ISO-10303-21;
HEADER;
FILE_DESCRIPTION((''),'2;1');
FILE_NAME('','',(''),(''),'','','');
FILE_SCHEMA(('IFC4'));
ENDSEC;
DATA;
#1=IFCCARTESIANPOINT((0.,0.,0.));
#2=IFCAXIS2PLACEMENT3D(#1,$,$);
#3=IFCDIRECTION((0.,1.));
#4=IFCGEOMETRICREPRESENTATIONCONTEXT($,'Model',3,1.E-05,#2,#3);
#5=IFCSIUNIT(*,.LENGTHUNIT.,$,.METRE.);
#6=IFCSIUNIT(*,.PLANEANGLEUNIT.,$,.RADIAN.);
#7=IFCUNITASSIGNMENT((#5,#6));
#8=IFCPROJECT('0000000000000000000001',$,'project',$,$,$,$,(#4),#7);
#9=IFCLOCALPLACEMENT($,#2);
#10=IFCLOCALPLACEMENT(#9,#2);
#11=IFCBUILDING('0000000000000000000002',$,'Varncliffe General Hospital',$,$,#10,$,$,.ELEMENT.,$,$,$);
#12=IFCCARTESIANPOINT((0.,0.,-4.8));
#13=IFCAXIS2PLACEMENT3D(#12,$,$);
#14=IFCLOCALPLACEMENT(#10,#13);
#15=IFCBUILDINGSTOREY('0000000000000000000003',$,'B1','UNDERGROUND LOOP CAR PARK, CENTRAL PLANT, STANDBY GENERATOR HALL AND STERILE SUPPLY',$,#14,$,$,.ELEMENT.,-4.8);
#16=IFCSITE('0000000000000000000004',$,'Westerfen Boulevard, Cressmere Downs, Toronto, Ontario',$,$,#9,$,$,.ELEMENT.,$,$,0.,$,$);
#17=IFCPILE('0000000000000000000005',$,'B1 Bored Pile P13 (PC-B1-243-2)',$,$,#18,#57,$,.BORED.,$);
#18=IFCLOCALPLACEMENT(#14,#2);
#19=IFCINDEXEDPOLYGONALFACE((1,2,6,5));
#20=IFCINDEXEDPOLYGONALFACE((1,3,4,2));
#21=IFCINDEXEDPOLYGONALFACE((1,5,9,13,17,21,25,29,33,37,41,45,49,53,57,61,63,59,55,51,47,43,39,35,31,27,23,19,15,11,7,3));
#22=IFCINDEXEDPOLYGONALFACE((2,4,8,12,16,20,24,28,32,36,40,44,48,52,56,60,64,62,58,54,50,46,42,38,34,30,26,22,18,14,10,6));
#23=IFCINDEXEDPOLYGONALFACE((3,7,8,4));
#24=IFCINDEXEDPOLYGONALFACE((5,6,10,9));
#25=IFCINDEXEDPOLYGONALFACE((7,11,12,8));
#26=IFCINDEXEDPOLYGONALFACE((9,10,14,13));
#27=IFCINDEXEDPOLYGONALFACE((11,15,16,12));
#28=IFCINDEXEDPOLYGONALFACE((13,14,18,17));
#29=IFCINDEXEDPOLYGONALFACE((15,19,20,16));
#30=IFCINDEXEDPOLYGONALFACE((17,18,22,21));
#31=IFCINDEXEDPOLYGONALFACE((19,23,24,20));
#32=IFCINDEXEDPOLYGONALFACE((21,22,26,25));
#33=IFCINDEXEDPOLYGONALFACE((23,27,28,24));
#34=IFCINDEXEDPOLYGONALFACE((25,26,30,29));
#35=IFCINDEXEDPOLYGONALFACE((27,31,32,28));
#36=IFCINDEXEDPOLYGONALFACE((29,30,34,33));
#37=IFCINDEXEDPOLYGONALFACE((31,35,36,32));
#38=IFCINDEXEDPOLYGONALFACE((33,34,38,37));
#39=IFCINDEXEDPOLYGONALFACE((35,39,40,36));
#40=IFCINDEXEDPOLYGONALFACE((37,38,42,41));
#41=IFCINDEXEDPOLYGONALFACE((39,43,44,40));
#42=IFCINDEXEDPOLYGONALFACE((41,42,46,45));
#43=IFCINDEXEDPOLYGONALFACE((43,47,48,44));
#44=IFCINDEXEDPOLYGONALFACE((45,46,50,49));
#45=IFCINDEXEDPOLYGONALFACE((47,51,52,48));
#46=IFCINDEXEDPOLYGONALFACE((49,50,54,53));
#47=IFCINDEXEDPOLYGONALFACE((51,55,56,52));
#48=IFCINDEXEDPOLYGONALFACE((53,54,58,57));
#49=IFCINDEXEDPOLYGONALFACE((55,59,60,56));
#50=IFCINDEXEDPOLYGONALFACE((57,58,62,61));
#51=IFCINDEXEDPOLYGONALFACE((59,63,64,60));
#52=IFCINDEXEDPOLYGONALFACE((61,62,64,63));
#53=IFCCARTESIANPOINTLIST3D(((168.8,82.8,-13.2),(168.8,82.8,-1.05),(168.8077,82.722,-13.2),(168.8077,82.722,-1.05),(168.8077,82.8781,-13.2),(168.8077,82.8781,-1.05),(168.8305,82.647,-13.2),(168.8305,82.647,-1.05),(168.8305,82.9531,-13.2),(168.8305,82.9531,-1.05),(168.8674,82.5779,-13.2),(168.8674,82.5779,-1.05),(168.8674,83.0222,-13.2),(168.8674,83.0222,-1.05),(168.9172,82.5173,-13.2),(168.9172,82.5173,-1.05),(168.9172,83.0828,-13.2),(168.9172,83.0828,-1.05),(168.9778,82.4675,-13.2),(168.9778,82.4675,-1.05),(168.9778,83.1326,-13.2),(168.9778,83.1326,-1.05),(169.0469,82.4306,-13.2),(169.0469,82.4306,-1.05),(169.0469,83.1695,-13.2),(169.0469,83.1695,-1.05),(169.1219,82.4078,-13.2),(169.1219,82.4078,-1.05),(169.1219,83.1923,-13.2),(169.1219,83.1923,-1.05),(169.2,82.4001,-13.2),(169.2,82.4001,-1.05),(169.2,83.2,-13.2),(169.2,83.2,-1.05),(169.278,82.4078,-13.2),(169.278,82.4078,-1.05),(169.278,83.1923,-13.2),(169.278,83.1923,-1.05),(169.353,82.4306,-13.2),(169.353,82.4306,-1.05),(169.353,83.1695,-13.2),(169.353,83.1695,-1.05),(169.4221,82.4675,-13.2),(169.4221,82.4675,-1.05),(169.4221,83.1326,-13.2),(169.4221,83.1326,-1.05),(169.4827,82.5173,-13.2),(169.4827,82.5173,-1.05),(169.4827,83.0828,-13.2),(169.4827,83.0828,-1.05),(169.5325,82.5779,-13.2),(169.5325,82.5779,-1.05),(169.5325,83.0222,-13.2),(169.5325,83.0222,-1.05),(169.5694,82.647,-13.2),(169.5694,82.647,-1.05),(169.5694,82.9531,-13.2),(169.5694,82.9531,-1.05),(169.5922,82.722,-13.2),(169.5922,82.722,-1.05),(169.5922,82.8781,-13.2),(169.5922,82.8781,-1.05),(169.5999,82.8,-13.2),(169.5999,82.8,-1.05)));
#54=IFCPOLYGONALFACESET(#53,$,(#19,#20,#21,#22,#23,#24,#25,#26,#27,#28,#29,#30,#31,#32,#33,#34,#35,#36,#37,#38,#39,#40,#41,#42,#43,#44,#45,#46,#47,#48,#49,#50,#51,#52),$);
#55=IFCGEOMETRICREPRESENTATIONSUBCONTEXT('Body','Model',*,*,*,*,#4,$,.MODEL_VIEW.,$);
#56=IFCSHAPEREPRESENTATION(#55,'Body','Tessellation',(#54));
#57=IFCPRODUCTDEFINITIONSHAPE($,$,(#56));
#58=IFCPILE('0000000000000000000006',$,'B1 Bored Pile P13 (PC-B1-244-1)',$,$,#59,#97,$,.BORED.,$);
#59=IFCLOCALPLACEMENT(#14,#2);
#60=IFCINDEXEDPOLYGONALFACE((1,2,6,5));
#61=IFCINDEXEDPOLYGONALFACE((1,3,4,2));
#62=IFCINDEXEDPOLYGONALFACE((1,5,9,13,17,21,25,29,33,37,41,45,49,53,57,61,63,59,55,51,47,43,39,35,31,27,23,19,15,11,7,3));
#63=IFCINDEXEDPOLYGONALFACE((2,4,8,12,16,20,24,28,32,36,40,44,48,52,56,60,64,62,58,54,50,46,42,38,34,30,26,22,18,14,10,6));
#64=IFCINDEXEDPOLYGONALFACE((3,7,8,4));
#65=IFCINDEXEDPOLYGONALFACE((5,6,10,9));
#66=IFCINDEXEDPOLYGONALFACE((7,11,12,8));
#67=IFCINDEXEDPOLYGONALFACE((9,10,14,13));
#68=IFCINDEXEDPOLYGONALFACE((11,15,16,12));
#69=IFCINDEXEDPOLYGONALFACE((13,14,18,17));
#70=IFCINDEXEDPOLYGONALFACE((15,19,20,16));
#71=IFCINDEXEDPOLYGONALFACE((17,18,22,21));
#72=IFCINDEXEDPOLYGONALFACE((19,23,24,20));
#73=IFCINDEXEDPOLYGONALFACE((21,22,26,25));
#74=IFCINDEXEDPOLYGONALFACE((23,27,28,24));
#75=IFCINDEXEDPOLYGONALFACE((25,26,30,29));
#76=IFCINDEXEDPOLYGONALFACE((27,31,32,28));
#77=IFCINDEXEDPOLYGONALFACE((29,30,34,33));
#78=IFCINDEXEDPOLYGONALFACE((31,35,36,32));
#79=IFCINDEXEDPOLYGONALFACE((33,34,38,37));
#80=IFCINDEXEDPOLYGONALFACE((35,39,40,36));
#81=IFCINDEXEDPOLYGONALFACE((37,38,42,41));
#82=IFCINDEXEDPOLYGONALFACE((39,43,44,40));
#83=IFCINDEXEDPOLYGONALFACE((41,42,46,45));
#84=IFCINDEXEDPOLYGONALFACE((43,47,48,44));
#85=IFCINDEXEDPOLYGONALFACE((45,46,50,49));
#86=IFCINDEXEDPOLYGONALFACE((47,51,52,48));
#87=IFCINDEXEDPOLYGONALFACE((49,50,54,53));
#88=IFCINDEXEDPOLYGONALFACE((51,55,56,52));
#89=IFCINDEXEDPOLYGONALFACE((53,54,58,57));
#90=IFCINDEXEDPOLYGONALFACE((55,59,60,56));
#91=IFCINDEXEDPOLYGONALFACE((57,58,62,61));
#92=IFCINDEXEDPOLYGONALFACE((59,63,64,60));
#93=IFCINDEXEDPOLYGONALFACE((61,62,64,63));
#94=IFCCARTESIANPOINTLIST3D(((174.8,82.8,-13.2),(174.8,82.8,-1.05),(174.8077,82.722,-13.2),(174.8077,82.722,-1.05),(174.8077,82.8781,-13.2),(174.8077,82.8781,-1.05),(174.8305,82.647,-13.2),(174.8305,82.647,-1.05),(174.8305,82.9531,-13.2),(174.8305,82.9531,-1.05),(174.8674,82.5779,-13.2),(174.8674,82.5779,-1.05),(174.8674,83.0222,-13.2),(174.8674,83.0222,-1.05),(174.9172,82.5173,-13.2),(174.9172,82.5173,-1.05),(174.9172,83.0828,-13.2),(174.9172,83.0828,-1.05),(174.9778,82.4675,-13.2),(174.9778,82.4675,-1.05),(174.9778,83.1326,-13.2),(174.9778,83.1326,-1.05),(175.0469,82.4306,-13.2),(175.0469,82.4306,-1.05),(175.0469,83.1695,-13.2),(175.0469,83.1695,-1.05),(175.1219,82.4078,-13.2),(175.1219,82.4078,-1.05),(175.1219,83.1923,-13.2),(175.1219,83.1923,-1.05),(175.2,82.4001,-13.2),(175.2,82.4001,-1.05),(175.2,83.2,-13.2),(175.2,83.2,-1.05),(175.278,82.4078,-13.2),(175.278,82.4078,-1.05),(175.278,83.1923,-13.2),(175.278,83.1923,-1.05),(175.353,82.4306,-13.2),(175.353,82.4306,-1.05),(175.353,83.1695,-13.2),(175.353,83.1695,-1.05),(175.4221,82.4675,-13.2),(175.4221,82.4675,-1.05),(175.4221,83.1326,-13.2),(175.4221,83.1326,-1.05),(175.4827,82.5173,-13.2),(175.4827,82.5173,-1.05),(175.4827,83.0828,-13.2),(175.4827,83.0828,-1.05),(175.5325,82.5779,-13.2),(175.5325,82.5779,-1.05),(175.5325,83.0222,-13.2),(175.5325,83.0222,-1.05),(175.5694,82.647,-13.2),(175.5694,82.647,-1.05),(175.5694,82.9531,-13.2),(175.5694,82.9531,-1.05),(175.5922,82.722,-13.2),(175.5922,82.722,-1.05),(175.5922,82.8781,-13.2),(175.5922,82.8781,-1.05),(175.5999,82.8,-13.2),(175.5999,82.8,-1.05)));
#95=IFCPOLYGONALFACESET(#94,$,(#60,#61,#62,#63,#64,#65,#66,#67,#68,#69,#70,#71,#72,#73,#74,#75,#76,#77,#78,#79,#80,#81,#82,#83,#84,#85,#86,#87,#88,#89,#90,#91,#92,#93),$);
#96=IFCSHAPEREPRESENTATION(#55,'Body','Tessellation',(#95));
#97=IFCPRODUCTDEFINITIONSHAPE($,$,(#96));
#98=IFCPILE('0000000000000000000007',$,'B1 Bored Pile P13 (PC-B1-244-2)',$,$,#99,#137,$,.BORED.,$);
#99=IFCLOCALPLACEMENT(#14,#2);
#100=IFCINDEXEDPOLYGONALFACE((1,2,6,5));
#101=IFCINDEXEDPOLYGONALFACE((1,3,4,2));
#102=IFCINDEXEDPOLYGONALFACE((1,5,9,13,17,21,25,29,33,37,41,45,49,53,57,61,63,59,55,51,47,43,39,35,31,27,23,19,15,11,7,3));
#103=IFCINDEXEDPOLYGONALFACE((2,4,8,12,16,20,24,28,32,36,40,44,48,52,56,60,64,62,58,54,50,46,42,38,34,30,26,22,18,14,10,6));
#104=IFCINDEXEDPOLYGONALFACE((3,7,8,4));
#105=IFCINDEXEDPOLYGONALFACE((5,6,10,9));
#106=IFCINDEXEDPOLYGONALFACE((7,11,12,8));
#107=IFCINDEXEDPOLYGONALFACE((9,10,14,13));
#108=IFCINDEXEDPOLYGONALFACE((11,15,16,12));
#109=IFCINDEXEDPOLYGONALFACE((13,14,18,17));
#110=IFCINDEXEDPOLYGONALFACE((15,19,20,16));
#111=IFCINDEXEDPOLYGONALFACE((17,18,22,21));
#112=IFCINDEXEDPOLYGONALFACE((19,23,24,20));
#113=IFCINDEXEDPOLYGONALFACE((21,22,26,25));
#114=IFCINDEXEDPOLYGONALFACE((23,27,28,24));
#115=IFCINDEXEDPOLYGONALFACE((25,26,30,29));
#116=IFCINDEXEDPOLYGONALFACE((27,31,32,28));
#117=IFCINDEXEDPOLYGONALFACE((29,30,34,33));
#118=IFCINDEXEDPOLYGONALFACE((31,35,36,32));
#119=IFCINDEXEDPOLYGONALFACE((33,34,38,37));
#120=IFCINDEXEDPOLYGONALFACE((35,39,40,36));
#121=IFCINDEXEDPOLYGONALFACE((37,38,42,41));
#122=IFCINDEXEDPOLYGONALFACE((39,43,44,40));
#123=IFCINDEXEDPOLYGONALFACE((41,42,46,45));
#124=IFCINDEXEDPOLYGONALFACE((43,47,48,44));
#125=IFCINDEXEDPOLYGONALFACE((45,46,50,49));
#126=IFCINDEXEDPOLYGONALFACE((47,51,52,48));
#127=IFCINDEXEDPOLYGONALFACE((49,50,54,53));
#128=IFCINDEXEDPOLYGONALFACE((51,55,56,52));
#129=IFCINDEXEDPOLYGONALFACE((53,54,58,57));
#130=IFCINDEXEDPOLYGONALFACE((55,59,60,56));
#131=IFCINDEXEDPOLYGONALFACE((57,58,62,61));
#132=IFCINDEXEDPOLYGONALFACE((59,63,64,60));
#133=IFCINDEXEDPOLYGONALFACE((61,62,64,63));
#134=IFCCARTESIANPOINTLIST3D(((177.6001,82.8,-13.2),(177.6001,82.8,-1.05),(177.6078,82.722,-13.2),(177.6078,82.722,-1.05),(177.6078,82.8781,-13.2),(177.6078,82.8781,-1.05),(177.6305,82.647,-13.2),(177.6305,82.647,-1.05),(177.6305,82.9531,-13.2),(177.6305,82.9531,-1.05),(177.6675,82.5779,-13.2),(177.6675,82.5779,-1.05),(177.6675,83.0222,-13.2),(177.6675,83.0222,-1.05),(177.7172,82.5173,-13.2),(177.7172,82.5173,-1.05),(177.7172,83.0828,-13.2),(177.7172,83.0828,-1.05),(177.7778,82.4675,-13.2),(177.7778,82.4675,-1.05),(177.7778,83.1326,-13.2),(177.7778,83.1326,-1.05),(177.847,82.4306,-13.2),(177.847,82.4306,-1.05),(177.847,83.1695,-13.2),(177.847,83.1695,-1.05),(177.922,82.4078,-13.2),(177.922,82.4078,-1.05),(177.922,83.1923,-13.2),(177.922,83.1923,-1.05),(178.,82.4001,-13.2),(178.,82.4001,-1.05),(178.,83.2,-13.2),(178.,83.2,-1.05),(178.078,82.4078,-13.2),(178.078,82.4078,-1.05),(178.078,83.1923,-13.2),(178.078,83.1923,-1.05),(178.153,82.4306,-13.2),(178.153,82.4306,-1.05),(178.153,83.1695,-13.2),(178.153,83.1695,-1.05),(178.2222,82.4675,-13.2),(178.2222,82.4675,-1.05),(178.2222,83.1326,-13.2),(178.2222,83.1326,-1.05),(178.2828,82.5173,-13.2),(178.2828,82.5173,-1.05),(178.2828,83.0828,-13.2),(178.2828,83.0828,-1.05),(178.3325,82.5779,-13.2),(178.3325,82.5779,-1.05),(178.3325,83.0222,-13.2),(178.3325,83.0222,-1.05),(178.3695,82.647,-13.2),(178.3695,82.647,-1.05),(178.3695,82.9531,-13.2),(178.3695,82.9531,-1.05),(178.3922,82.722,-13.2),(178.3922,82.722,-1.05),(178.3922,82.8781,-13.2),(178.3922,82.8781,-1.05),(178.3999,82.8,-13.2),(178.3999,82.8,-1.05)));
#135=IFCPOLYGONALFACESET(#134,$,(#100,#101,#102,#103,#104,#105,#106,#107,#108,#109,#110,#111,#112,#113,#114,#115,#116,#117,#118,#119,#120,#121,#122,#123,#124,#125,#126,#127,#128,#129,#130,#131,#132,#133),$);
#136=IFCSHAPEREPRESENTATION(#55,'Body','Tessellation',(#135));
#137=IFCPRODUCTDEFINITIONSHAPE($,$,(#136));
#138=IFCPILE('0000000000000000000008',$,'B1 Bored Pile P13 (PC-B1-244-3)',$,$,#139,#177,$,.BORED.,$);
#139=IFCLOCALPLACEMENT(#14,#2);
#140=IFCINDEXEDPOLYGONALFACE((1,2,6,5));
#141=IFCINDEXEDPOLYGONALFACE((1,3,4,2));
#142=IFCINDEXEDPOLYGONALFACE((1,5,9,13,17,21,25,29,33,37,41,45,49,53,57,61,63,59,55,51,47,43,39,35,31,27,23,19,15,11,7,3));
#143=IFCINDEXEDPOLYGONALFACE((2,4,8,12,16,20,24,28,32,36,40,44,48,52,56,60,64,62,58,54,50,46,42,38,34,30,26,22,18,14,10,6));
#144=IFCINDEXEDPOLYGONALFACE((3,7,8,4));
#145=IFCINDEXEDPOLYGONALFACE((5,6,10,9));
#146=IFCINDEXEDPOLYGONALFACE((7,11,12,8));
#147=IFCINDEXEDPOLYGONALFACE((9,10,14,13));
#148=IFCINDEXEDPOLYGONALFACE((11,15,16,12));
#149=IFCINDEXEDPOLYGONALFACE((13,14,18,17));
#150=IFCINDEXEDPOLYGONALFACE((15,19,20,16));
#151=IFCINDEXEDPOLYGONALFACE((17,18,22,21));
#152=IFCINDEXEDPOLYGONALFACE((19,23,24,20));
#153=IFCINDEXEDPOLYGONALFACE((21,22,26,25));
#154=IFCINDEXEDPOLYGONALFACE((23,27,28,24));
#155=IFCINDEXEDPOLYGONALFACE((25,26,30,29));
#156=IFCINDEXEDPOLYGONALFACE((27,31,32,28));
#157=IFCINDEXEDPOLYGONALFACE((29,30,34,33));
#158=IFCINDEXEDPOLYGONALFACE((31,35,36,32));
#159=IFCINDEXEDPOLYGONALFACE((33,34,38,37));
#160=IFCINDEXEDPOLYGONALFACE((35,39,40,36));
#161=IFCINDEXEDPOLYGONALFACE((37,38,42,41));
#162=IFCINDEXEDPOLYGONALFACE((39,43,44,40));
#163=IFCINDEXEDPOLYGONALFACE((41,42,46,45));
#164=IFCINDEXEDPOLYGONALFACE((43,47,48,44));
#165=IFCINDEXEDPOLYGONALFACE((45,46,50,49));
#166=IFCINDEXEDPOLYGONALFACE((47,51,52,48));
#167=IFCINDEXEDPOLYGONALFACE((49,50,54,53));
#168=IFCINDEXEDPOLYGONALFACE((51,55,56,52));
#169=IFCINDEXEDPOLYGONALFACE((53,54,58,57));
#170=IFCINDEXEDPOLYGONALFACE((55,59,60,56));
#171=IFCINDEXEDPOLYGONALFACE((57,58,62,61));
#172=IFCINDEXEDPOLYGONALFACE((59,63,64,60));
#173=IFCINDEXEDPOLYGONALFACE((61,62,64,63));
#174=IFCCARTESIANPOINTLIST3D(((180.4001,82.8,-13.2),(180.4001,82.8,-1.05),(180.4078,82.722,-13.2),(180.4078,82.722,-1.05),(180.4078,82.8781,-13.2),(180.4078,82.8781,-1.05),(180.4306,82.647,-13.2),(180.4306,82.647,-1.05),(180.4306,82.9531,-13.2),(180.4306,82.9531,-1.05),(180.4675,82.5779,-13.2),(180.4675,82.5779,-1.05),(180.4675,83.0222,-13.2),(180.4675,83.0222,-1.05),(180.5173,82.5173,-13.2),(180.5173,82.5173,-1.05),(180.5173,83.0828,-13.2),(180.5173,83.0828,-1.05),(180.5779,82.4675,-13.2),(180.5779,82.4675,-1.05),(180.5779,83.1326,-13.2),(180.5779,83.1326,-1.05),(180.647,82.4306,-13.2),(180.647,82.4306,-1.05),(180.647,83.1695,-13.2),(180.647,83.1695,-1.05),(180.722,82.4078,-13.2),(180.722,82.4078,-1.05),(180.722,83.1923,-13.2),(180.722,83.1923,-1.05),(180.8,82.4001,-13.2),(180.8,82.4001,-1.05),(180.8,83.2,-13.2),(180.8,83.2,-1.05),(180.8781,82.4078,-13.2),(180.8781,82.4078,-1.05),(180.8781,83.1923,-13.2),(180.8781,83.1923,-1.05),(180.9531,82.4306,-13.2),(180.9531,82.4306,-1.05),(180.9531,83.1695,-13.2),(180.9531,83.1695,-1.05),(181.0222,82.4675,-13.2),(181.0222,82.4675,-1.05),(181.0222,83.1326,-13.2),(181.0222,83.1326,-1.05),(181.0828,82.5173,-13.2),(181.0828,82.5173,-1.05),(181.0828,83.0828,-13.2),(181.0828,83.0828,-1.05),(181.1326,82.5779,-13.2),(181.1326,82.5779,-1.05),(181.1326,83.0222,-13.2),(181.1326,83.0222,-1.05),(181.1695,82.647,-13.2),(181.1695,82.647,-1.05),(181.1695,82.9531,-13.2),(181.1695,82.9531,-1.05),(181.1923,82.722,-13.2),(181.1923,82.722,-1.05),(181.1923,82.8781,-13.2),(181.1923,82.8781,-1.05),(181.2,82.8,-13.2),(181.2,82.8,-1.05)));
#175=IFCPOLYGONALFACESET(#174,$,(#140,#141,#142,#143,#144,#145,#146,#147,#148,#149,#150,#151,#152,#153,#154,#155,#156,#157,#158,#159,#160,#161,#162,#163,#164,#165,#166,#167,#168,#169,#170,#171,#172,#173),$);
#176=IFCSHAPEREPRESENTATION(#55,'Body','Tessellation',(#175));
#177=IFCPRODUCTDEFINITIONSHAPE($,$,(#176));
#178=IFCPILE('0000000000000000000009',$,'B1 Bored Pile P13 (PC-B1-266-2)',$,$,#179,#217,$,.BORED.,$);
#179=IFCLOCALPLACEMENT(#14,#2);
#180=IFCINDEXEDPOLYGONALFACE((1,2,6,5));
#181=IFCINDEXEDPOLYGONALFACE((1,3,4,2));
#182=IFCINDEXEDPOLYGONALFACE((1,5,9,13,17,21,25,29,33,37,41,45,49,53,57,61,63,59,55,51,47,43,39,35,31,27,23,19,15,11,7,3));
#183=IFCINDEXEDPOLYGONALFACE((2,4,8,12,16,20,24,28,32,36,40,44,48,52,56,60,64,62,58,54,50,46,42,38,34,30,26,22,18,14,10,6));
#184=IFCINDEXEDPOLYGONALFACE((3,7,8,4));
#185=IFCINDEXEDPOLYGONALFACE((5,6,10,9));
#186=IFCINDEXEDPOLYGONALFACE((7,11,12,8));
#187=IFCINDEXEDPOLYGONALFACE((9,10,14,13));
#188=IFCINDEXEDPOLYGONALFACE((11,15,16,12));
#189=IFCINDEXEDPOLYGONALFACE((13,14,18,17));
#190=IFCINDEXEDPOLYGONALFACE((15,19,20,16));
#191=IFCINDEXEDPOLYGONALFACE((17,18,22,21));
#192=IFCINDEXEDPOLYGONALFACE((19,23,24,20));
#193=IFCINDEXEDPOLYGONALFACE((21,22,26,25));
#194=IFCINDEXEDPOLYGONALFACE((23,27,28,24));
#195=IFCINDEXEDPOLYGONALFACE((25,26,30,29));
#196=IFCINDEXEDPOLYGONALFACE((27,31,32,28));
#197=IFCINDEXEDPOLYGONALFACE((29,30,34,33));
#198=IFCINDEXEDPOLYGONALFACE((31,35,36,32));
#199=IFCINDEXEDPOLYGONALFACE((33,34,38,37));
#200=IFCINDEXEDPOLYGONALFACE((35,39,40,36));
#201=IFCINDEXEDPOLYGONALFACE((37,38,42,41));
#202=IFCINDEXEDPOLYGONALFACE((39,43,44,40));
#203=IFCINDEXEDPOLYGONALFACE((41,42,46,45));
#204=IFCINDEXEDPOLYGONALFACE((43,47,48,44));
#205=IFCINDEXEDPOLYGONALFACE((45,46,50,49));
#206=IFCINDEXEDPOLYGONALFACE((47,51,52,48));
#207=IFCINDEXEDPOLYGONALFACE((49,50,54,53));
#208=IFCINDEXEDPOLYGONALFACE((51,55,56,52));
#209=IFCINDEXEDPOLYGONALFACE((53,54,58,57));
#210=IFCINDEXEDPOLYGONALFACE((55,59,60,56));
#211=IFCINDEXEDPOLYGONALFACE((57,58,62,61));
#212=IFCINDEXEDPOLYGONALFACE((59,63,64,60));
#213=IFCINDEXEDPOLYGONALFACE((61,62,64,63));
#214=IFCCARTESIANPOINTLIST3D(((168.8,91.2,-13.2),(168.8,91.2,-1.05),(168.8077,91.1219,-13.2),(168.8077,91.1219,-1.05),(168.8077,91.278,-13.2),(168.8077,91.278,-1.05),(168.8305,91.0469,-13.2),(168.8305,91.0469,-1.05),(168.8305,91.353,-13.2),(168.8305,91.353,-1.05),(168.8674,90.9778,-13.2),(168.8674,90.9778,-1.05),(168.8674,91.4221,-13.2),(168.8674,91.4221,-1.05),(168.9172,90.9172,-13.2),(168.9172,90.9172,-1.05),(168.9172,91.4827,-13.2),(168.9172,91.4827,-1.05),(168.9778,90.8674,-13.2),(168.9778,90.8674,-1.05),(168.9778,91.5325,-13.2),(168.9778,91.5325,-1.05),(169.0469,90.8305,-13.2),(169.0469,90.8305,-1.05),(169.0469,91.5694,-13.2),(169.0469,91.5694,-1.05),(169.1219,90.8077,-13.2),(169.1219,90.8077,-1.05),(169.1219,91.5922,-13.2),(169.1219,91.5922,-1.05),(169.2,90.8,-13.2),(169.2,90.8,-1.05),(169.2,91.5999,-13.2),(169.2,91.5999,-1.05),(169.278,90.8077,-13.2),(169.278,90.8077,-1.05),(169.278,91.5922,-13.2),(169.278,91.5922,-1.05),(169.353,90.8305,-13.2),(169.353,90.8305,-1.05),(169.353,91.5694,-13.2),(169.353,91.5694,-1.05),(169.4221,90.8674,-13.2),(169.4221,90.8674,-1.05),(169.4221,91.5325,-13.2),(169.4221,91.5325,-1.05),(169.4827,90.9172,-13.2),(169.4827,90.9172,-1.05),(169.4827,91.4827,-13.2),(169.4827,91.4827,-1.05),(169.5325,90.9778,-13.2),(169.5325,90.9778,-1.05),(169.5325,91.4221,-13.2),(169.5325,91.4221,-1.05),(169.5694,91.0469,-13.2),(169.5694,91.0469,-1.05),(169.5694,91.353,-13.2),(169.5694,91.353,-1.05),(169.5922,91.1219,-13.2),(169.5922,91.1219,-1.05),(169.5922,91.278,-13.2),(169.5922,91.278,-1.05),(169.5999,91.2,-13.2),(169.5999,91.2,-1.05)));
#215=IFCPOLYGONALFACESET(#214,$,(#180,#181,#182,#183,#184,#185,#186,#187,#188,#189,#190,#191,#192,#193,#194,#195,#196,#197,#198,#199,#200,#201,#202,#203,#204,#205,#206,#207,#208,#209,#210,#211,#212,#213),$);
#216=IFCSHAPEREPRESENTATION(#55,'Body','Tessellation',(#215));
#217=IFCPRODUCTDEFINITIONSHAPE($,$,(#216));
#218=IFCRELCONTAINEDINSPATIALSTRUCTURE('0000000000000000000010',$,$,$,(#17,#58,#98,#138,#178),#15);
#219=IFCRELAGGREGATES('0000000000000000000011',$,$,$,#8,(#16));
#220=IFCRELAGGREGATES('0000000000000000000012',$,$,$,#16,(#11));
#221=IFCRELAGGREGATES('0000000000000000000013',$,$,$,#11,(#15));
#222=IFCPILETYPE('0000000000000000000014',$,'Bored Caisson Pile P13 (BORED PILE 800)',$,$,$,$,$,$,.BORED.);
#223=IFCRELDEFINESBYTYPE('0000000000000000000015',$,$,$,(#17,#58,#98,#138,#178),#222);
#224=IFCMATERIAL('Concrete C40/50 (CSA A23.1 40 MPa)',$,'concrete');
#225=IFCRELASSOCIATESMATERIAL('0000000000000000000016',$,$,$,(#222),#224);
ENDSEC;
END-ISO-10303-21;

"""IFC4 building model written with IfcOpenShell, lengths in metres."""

from ifc_helpers import new_model, si_unit, direction, frame, origin, origin_2d, place, context, subcontext, project, spatial, circle, extrude, material, material_profile, profile_set, type_object, element, save


model = new_model("IFC4")

# Units and contexts
model_context = context("Model", 3, precision=1e-05, world=origin(), true_north=direction((0.0, 1.0)))
body_context = subcontext(model_context, "Body", "Model", "MODEL_VIEW")
ifc_project = project(units=[si_unit("LENGTHUNIT", "METRE"), si_unit("PLANEANGLEUNIT", "RADIAN")], contexts=[model_context])

# Site, building, storey
site_placement = place(None, origin())
site = spatial("IfcSite", under=ifc_project, at=site_placement, Name="Westerfen Boulevard, Cressmere Downs, Toronto, Ontario", CompositionType="ELEMENT", RefElevation=0.0)
building_placement = place(site_placement, origin())
building = spatial("IfcBuilding", under=site, at=building_placement, Name="Varncliffe General Hospital", CompositionType="ELEMENT")
storey_placement = place(building_placement, frame((0.0, 0.0, -4.8)))
storey = spatial("IfcBuildingStorey", under=building, at=storey_placement, Name="B1", Description="UNDERGROUND LOOP CAR PARK, CENTRAL PLANT, STANDBY GENERATOR HALL AND STERILE SUPPLY", CompositionType="ELEMENT", Elevation=-4.8)

# Piles
ifc_material_1 = material(Name="Concrete C40/50 (CSA A23.1 40 MPa)", Category="concrete")
ifc_material_profile_1 = material_profile(ifc_material_1, circle(Radius=0.3999, at=origin_2d()), Name="BORED PILE 800")
ifc_profile_set_1 = profile_set([ifc_material_profile_1], Name="Concrete C40/50 (CSA A23.1 40 MPa)")
pile_type_1 = type_object("IfcPileType", Name="Bored Caisson Pile P13 (BORED PILE 800)", PredefinedType="BORED", material=ifc_profile_set_1)
for number, where, z_axis, x_axis, name in (
    (1, (169.2, 82.8, -1.05), (0.0, 0.0, -1.0), (1.0, 0.0, 0.0), "B1 Bored Pile P13 (PC-B1-243-2)"),
    (2, (175.2, 82.8, -1.05), (0.0, 0.0, -1.0), (1.0, 0.0, 0.0), "B1 Bored Pile P13 (PC-B1-244-1)"),
    (3, (178.0, 82.8, -1.05), (0.0, 0.0, -1.0), (1.0, 0.0, 0.0), "B1 Bored Pile P13 (PC-B1-244-2)"),
    (4, (180.8, 82.8, -1.05), (0.0, 0.0, -1.0), (1.0, 0.0, 0.0), "B1 Bored Pile P13 (PC-B1-244-3)"),
    (5, (169.2, 91.2, -1.05), (0.0, 0.0, -1.0), (1.0, 0.0, 0.0), "B1 Bored Pile P13 (PC-B1-266-2)"),
):
    element("IfcPile", number, at=place(storey_placement, frame(where, z_axis=z_axis, x_axis=x_axis)), inside=storey, type_object=pile_type_1, Name=name, PredefinedType="BORED", context=body_context, shape_type="SweptSolid", body=[
        extrude(circle(Radius=0.3999, at=origin_2d()), origin(), (0.0, 0.0, 1.0), 12.1499),
    ])

save(model, "model.ifc")
